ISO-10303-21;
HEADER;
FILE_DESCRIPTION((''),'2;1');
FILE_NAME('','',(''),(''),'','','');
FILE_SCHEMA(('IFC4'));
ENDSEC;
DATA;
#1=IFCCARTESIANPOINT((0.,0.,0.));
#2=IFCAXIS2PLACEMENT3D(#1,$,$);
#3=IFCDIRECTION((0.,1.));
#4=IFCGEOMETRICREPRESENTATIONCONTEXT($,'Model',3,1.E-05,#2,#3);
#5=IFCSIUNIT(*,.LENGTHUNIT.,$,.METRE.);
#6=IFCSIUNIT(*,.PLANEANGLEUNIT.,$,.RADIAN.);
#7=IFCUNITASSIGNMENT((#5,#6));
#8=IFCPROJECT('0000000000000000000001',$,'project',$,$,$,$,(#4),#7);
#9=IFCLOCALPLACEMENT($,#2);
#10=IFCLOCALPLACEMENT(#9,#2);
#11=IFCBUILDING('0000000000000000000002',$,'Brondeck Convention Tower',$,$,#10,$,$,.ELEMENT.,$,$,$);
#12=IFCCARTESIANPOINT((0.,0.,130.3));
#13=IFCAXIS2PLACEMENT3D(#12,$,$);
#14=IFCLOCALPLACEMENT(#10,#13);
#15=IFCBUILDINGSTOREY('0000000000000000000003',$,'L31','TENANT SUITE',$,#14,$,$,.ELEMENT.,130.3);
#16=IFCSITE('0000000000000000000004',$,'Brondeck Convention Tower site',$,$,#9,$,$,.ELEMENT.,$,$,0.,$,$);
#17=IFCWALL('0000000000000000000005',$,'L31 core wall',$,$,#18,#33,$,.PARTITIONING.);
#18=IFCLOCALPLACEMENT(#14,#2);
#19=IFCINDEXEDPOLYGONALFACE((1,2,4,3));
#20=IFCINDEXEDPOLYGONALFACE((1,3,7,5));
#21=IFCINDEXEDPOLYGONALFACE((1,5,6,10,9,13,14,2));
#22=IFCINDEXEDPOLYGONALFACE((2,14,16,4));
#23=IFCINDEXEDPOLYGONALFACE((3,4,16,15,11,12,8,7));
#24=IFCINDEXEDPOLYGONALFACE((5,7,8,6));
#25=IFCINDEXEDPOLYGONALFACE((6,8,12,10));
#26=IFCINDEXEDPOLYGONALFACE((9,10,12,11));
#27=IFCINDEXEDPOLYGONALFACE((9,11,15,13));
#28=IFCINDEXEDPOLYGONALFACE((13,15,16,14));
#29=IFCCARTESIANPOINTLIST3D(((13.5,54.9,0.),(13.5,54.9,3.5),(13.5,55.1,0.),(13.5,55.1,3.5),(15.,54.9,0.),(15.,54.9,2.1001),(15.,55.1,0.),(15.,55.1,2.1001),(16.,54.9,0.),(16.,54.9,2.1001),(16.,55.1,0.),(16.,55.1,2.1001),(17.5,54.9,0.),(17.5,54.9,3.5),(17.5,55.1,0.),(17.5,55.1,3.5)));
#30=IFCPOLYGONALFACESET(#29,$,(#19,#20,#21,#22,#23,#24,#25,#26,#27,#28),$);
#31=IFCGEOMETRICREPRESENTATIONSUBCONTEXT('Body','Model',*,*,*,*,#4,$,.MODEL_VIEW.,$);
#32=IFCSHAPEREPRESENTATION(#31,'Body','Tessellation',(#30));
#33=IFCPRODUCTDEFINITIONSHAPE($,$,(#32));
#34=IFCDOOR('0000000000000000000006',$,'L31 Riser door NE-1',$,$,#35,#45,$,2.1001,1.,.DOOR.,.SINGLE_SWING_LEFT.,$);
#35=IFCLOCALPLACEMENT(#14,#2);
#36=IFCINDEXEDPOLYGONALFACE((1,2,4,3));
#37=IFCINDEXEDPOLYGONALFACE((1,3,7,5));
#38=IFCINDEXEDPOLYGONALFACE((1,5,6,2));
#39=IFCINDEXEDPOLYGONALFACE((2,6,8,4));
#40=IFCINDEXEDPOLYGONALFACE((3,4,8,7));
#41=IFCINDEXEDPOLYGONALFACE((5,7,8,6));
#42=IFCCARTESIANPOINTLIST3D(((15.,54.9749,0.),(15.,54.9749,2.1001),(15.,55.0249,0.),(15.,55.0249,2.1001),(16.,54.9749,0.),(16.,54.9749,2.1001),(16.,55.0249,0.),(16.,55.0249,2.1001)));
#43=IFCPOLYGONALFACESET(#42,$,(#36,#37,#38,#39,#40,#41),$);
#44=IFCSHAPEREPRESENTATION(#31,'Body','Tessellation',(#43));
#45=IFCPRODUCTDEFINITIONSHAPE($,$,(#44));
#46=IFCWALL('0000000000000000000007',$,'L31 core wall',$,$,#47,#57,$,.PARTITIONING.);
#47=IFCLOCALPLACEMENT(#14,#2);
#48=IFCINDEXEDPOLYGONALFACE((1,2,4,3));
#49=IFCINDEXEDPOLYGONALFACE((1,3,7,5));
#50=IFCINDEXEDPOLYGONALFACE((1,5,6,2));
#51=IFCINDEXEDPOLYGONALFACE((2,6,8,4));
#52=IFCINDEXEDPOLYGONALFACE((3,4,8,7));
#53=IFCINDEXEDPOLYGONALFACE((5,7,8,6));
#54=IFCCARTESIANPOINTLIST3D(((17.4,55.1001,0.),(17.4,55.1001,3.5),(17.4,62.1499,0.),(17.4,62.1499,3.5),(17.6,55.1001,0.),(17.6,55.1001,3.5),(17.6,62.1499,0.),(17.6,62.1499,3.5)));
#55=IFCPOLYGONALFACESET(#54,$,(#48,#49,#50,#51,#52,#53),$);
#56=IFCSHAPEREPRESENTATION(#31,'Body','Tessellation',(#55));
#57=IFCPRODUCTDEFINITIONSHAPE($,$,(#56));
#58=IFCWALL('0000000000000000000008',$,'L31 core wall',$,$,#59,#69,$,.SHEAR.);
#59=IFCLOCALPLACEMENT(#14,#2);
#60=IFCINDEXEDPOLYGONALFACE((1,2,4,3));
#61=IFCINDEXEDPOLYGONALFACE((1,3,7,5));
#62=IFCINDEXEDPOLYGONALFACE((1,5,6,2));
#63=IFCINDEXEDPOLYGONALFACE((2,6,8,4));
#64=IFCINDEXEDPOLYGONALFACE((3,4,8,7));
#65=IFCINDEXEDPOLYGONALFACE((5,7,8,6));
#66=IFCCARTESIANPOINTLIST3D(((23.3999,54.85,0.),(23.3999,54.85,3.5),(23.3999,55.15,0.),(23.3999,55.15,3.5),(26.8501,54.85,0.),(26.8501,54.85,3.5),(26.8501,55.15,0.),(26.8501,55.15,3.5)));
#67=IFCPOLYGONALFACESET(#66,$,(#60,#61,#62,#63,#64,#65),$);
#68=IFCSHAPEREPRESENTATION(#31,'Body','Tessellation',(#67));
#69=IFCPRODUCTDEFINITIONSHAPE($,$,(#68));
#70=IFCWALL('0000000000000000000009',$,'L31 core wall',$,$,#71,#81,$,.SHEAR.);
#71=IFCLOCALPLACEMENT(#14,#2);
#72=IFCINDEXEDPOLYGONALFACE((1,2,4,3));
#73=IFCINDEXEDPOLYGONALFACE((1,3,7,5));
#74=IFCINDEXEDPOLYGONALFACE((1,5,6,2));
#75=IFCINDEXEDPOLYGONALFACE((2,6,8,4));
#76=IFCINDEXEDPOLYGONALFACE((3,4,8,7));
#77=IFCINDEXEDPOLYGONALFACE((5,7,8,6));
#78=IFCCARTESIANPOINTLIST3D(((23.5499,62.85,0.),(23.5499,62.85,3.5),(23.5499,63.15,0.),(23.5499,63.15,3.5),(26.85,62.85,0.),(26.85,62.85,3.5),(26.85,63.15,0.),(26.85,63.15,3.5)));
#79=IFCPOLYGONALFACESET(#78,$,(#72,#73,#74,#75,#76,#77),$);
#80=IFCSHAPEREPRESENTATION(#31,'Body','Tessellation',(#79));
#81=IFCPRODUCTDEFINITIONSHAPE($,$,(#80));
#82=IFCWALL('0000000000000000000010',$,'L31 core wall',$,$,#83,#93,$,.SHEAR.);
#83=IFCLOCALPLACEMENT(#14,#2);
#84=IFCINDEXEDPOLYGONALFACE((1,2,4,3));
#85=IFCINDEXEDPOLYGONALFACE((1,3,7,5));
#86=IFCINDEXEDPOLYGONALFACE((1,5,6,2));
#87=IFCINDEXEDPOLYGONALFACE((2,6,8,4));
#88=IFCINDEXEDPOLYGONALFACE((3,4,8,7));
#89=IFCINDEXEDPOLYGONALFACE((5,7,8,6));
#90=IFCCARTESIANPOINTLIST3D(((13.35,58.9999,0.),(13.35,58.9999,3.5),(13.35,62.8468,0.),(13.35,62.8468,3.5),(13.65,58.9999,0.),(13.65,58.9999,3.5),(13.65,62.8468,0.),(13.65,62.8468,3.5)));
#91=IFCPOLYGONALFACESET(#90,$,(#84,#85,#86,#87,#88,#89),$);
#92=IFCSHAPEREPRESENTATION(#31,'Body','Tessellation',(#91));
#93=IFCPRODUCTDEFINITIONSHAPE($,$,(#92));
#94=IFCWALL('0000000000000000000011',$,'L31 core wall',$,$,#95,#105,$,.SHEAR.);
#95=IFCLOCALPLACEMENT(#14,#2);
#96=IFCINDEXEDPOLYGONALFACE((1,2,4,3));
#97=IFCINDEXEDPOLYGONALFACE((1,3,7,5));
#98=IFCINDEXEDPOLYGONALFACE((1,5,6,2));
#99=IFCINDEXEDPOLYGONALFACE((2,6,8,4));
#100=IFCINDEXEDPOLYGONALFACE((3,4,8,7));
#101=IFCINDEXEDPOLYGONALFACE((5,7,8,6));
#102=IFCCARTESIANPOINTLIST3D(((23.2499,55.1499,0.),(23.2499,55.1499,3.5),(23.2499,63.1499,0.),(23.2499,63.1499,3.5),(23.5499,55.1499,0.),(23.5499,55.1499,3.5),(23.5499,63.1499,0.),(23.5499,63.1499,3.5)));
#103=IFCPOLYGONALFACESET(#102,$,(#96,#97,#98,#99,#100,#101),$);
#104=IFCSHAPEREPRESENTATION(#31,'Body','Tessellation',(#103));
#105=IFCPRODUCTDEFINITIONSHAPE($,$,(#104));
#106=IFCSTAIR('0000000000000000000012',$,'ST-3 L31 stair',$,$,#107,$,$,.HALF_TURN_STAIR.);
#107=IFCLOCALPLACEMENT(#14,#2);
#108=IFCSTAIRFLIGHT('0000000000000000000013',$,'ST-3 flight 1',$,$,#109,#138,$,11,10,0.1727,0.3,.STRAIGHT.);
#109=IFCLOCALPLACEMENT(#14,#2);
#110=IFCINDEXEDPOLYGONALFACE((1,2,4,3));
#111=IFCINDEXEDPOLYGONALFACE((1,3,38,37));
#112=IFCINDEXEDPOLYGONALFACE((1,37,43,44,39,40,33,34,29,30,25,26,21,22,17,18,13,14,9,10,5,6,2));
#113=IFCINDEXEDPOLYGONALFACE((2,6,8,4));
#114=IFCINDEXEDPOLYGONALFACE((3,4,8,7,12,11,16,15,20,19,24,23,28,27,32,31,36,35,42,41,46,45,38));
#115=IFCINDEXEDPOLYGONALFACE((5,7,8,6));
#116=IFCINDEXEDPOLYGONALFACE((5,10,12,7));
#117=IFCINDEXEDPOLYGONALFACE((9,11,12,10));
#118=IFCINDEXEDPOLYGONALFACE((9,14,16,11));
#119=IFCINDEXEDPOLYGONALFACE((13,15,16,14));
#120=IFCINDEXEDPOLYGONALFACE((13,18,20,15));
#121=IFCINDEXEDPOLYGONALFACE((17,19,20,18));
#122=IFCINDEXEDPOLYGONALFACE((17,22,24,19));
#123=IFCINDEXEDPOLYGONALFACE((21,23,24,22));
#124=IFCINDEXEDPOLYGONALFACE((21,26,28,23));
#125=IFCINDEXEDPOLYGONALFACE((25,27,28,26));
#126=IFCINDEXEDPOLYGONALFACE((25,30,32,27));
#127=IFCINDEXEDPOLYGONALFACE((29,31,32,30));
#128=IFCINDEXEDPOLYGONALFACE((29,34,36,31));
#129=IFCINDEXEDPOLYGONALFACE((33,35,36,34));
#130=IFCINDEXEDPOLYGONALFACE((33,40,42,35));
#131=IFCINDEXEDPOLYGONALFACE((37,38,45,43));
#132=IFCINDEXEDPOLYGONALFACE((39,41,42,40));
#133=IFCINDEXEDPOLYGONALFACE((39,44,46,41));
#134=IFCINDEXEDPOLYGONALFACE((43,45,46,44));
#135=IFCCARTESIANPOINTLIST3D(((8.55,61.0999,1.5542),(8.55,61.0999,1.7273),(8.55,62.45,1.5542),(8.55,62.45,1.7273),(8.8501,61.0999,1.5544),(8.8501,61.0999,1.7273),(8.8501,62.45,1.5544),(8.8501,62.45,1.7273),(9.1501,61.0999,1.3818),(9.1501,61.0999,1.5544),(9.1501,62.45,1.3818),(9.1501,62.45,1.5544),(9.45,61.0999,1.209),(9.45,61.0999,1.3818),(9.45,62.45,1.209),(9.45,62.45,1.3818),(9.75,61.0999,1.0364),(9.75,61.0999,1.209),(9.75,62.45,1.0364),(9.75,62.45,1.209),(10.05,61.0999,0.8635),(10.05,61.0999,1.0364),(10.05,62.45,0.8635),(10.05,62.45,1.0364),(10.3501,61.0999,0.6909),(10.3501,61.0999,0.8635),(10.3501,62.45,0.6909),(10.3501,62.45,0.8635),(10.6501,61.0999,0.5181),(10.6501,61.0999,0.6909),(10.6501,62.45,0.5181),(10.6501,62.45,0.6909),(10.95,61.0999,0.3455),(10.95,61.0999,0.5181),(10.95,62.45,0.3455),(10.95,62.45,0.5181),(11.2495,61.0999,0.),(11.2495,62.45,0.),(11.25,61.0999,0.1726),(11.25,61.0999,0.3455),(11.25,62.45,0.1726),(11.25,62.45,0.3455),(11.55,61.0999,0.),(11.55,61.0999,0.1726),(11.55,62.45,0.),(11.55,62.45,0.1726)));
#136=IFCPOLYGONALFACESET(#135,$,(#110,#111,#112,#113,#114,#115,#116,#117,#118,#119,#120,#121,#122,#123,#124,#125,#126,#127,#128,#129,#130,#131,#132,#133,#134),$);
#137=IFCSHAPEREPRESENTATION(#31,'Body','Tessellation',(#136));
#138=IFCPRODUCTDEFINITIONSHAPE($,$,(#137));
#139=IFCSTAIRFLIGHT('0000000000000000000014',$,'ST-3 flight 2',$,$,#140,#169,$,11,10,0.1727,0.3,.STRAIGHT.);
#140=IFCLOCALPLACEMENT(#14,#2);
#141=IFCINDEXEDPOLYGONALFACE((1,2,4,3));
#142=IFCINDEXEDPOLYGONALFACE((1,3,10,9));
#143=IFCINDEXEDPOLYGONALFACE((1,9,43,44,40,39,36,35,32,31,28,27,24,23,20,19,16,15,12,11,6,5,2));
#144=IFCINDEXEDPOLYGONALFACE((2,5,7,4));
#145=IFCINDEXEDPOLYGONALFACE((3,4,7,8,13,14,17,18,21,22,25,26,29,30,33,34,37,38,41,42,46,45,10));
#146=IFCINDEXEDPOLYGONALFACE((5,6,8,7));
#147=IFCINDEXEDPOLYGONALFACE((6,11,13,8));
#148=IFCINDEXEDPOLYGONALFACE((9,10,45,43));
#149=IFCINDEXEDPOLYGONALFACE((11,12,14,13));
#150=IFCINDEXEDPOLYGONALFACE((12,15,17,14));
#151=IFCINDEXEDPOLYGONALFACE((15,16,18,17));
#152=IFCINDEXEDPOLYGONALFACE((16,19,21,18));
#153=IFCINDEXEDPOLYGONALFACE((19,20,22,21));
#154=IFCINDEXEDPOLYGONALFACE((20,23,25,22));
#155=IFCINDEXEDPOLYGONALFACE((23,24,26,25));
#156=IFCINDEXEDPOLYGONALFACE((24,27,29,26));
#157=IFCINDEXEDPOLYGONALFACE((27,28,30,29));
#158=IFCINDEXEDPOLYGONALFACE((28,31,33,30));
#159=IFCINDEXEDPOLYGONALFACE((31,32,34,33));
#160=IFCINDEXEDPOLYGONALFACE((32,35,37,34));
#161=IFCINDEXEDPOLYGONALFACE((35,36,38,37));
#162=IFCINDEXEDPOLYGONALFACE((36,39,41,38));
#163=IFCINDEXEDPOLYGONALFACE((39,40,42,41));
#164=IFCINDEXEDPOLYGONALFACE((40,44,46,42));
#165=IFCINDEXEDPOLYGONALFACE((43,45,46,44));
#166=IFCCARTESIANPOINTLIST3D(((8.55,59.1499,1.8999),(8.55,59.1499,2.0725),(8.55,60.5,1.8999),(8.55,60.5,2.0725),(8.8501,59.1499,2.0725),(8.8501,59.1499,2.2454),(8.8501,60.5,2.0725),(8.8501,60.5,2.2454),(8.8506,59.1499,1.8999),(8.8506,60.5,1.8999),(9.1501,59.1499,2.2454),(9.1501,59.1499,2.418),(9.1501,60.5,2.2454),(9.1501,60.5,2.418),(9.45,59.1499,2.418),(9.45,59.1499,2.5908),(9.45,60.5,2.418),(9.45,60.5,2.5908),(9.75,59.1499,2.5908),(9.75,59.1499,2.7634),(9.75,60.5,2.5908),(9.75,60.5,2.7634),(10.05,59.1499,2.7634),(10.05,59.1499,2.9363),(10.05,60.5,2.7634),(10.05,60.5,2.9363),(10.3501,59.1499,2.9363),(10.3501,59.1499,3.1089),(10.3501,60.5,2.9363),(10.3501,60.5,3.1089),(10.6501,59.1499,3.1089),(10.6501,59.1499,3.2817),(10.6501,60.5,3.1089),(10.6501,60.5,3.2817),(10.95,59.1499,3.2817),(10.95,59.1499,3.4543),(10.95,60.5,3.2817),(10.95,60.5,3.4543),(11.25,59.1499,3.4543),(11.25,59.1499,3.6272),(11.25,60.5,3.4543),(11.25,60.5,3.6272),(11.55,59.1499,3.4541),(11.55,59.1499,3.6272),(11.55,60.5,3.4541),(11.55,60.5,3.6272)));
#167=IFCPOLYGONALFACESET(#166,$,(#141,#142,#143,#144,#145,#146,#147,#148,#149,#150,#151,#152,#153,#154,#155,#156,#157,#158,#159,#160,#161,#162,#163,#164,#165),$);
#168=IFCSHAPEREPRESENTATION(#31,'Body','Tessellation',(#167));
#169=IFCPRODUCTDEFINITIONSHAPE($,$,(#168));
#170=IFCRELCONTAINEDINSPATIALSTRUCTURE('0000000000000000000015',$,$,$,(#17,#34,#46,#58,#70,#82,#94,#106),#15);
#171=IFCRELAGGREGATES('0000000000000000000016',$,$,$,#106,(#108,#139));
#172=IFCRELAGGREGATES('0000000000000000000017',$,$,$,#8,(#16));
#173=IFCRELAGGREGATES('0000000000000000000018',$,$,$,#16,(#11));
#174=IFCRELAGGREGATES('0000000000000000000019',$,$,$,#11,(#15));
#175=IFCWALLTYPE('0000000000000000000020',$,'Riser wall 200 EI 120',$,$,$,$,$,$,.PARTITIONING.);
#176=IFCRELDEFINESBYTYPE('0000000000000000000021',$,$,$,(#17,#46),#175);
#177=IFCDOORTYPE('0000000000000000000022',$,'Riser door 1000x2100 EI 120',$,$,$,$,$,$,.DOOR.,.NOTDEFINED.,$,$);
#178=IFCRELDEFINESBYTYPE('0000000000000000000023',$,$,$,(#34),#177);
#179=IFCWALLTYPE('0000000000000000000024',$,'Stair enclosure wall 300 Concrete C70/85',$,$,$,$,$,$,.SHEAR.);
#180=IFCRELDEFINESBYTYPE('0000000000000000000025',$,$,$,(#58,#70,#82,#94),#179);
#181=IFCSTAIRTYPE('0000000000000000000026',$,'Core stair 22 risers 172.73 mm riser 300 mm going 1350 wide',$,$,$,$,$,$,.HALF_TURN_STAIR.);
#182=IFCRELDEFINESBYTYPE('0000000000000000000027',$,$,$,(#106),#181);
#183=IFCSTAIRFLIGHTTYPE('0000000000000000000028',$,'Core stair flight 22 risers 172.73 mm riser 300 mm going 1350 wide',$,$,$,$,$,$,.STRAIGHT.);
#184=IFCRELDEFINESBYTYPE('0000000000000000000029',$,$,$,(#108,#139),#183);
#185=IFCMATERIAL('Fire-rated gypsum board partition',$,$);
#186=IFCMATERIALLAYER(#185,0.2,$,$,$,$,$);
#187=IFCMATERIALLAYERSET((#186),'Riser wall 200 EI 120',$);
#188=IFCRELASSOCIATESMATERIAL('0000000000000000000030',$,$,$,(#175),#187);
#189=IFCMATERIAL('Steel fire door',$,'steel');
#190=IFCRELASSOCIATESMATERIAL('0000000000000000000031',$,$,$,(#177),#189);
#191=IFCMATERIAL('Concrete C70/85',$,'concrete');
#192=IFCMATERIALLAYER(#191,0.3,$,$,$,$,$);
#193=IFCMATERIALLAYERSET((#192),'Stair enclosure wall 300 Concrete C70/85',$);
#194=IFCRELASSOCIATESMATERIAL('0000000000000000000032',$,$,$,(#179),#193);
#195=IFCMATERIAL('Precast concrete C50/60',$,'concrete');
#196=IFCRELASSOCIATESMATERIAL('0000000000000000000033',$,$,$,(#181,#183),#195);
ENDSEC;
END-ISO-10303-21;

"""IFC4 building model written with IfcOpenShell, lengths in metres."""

from ifc_helpers import new_model, si_unit, direction, frame, frame_2d, origin, place, context, subcontext, project, spatial, polyline, rectangle, outline, extrude, material, layer, layer_set, type_object, element, fill, aggregate, save


model = new_model("IFC4")

# Units and contexts
model_context = context("Model", 3, precision=1e-05, world=origin(), true_north=direction((0.0, 1.0)))
body_context = subcontext(model_context, "Body", "Model", "MODEL_VIEW")
ifc_project = project(units=[si_unit("LENGTHUNIT", "METRE"), si_unit("PLANEANGLEUNIT", "RADIAN")], contexts=[model_context])

# Site, building, storey
site_placement = place(None, origin())
site = spatial("IfcSite", under=ifc_project, at=site_placement, Name="Brondeck Convention Tower site", CompositionType="ELEMENT", RefElevation=0.0)
building_placement = place(site_placement, origin())
building = spatial("IfcBuilding", under=site, at=building_placement, Name="Brondeck Convention Tower", CompositionType="ELEMENT")
storey_placement = place(building_placement, frame((0.0, 0.0, 130.3)))
storey = spatial("IfcBuildingStorey", under=building, at=storey_placement, Name="L31", Description="TENANT SUITE", CompositionType="ELEMENT", Elevation=130.3)

# Shared definitions
ifc_material_1 = material(Name="Concrete C70/85", Category="concrete")

# Shared definitions
ifc_material_2 = material(Name="Fire-rated gypsum board partition")
ifc_material_3 = material(Name="Steel fire door", Category="steel")

# Shared definitions
ifc_layer_1 = layer(ifc_material_2, 0.2)
ifc_layer_set_1 = layer_set([ifc_layer_1], Name="Riser wall 200 EI 120")
wall_type_1 = type_object("IfcWallType", Name="Riser wall 200 EI 120", PredefinedType="PARTITIONING", material=ifc_layer_set_1)

# Wall, opening, door
wall_1_placement = place(storey_placement, frame((13.5, 55.0, 0.0), z_axis=(0.0, 0.0, 1.0), x_axis=(1.0, 0.0, 0.0)))
wall_1 = element("IfcWall", 1, at=wall_1_placement, inside=storey, type_object=wall_type_1, Name="L31 core wall", PredefinedType="PARTITIONING", context=body_context, shape_type="SweptSolid", body=[
    extrude(rectangle(XDim=4.0, YDim=0.2, at=frame_2d((2.0, 0.0))), origin(), (0.0, 0.0, 1.0), 3.5),
])
opening_1_placement = place(wall_1_placement, frame((1.5, 0.0, 0.0)))
opening_1 = element("IfcOpeningElement", 2, at=opening_1_placement, cuts=wall_1, PredefinedType="OPENING", context=body_context, shape_type="SweptSolid", body=[
    extrude(rectangle(XDim=1.0, YDim=2.1001, at=frame_2d((0.5, 1.05))), frame((0.0, 0.1099, 0.0), z_axis=(0.0, -1.0, 0.0), x_axis=(1.0, 0.0, 0.0)), (0.0, 0.0, 1.0), 0.22),
])
door_type_1 = type_object("IfcDoorType", Name="Riser door 1000x2100 EI 120", OperationType="NOTDEFINED", PredefinedType="DOOR", material=ifc_material_3)
door_1_placement = place(opening_1_placement, origin())
door_1 = element("IfcDoor", 3, at=door_1_placement, inside=storey, type_object=door_type_1, Name="L31 Riser door NE-1", OperationType="SINGLE_SWING_LEFT", OverallHeight=2.1001, OverallWidth=1.0, PredefinedType="DOOR", context=body_context, shape_type="SweptSolid", body=[
    extrude(rectangle(XDim=1.0, YDim=2.1001, at=frame_2d((0.5, 1.05))), frame((0.0, 0.0249, 0.0), z_axis=(0.0, -1.0, 0.0), x_axis=(1.0, 0.0, 0.0)), (0.0, 0.0, 1.0), 0.05),
])
fill(opening_1, door_1)

# Walls
wall_2_placement = place(storey_placement, frame((17.5, 55.1001, 0.0), z_axis=(0.0, 0.0, 1.0), x_axis=(0.0, 1.0, 0.0)))
element("IfcWall", 4, at=wall_2_placement, inside=storey, type_object=wall_type_1, Name="L31 core wall", PredefinedType="PARTITIONING", context=body_context, shape_type="SweptSolid", body=[
    extrude(rectangle(XDim=7.0498, YDim=0.2, at=frame_2d((3.5249, 0.0))), origin(), (0.0, 0.0, 1.0), 3.5),
])
ifc_layer_2 = layer(ifc_material_1, 0.3)
ifc_layer_set_2 = layer_set([ifc_layer_2], Name="Stair enclosure wall 300 Concrete C70/85")
wall_type_2 = type_object("IfcWallType", Name="Stair enclosure wall 300 Concrete C70/85", PredefinedType="SHEAR", material=ifc_layer_set_2)
wall_3_placement = place(storey_placement, frame((23.3999, 55.0, 0.0), z_axis=(0.0, 0.0, 1.0), x_axis=(1.0, 0.0, 0.0)))
element("IfcWall", 5, at=wall_3_placement, inside=storey, type_object=wall_type_2, Name="L31 core wall", PredefinedType="SHEAR", context=body_context, shape_type="SweptSolid", body=[
    extrude(rectangle(XDim=3.4502, YDim=0.3, at=frame_2d((1.7251, 0.0))), origin(), (0.0, 0.0, 1.0), 3.5),
])
wall_4_placement = place(storey_placement, frame((23.55, 63.0, 0.0), z_axis=(0.0, 0.0, 1.0), x_axis=(1.0, 0.0, 0.0)))
element("IfcWall", 6, at=wall_4_placement, inside=storey, type_object=wall_type_2, Name="L31 core wall", PredefinedType="SHEAR", context=body_context, shape_type="SweptSolid", body=[
    extrude(rectangle(XDim=3.3, YDim=0.3, at=frame_2d((1.6499, 0.0))), origin(), (0.0, 0.0, 1.0), 3.5),
])
wall_5_placement = place(storey_placement, frame((13.5, 59.0, 0.0), z_axis=(0.0, 0.0, 1.0), x_axis=(0.0, 1.0, 0.0)))
element("IfcWall", 7, at=wall_5_placement, inside=storey, type_object=wall_type_2, Name="L31 core wall", PredefinedType="SHEAR", context=body_context, shape_type="SweptSolid", body=[
    extrude(rectangle(XDim=3.8469, YDim=0.3, at=frame_2d((1.9233, 0.0))), origin(), (0.0, 0.0, 1.0), 3.5),
])
wall_6_placement = place(storey_placement, frame((23.3999, 55.1499, 0.0), z_axis=(0.0, 0.0, 1.0), x_axis=(0.0, 1.0, 0.0)))
element("IfcWall", 8, at=wall_6_placement, inside=storey, type_object=wall_type_2, Name="L31 core wall", PredefinedType="SHEAR", context=body_context, shape_type="SweptSolid", body=[
    extrude(rectangle(XDim=8.0, YDim=0.3, at=frame_2d((4.0, 0.0))), origin(), (0.0, 0.0, 1.0), 3.5),
])

# Stair, stair flights
ifc_material_4 = material(Name="Precast concrete C50/60", Category="concrete")
stair_type = type_object("IfcStairType", Name="Core stair 22 risers 172.73 mm riser 300 mm going 1350 wide", PredefinedType="HALF_TURN_STAIR", material=ifc_material_4)
stair_placement = place(storey_placement, origin())
stair = element("IfcStair", 9, at=stair_placement, inside=storey, type_object=stair_type, Name="ST-3 L31 stair", PredefinedType="HALF_TURN_STAIR")
stair_flight_type = type_object("IfcStairFlightType", Name="Core stair flight 22 risers 172.73 mm riser 300 mm going 1350 wide", PredefinedType="STRAIGHT", material=ifc_material_4)
stair_flight_1_placement = place(storey_placement, frame((11.55, 61.7749, 0.0), z_axis=(0.0, 0.0, 1.0), x_axis=(-1.0, 0.0, 0.0)))
stair_flight_1 = element("IfcStairFlight", 10, at=stair_flight_1_placement, type_object=stair_flight_type, Name="ST-3 flight 1", NumberOfRisers=11, NumberOfTreads=10, PredefinedType="STRAIGHT", RiserHeight=0.1727, TreadLength=0.3, context=body_context, shape_type="SweptSolid", body=[
    extrude(outline(polyline([(0.0, 0.0), (0.0, 0.1726), (0.3, 0.1726), (0.3, 0.3455), (0.6001, 0.3455), (0.6001, 0.5181), (0.8999, 0.5181), (0.8999, 0.6909), (1.2, 0.6909), (1.2, 0.8635), (1.5, 0.8635), (1.5, 1.0364), (1.8, 1.0364), (1.8, 1.209), (2.1001, 1.209), (2.1001, 1.3818), (2.3999, 1.3818), (2.3999, 1.5544), (2.7, 1.5544), (2.7, 1.7273), (3.0, 1.7273), (3.0, 1.8999), (3.0, 1.5542), (0.3005, 0.0), (0.0, 0.0)])), frame((0.0, 0.675, 0.0), z_axis=(0.0, -1.0, 0.0), x_axis=(1.0, 0.0, 0.0)), (0.0, 0.0, 1.0), 1.3501),
])
stair_flight_2_placement = place(storey_placement, frame((8.55, 59.825, 1.8999), z_axis=(0.0, 0.0, 1.0), x_axis=(1.0, 0.0, 0.0)))
stair_flight_2 = element("IfcStairFlight", 11, at=stair_flight_2_placement, type_object=stair_flight_type, Name="ST-3 flight 2", NumberOfRisers=11, NumberOfTreads=10, PredefinedType="STRAIGHT", RiserHeight=0.1727, TreadLength=0.3, context=body_context, shape_type="SweptSolid", body=[
    extrude(outline(polyline([(0.0, 0.0), (0.0, 0.1726), (0.3, 0.1726), (0.3, 0.3455), (0.6001, 0.3455), (0.6001, 0.5181), (0.8999, 0.5181), (0.8999, 0.6909), (1.2, 0.6909), (1.2, 0.8635), (1.5, 0.8635), (1.5, 1.0364), (1.8, 1.0364), (1.8, 1.209), (2.1001, 1.209), (2.1001, 1.3818), (2.3999, 1.3818), (2.3999, 1.5544), (2.7, 1.5544), (2.7, 1.7273), (3.0, 1.7273), (3.0, 1.8999), (3.0, 1.5542), (0.3005, 0.0), (0.0, 0.0)])), frame((0.0, 0.675, 0.0), z_axis=(0.0, -1.0, 0.0), x_axis=(1.0, 0.0, 0.0)), (0.0, 0.0, 1.0), 1.3501),
])
aggregate(stair, [stair_flight_1, stair_flight_2])

save(model, "model.ifc")
